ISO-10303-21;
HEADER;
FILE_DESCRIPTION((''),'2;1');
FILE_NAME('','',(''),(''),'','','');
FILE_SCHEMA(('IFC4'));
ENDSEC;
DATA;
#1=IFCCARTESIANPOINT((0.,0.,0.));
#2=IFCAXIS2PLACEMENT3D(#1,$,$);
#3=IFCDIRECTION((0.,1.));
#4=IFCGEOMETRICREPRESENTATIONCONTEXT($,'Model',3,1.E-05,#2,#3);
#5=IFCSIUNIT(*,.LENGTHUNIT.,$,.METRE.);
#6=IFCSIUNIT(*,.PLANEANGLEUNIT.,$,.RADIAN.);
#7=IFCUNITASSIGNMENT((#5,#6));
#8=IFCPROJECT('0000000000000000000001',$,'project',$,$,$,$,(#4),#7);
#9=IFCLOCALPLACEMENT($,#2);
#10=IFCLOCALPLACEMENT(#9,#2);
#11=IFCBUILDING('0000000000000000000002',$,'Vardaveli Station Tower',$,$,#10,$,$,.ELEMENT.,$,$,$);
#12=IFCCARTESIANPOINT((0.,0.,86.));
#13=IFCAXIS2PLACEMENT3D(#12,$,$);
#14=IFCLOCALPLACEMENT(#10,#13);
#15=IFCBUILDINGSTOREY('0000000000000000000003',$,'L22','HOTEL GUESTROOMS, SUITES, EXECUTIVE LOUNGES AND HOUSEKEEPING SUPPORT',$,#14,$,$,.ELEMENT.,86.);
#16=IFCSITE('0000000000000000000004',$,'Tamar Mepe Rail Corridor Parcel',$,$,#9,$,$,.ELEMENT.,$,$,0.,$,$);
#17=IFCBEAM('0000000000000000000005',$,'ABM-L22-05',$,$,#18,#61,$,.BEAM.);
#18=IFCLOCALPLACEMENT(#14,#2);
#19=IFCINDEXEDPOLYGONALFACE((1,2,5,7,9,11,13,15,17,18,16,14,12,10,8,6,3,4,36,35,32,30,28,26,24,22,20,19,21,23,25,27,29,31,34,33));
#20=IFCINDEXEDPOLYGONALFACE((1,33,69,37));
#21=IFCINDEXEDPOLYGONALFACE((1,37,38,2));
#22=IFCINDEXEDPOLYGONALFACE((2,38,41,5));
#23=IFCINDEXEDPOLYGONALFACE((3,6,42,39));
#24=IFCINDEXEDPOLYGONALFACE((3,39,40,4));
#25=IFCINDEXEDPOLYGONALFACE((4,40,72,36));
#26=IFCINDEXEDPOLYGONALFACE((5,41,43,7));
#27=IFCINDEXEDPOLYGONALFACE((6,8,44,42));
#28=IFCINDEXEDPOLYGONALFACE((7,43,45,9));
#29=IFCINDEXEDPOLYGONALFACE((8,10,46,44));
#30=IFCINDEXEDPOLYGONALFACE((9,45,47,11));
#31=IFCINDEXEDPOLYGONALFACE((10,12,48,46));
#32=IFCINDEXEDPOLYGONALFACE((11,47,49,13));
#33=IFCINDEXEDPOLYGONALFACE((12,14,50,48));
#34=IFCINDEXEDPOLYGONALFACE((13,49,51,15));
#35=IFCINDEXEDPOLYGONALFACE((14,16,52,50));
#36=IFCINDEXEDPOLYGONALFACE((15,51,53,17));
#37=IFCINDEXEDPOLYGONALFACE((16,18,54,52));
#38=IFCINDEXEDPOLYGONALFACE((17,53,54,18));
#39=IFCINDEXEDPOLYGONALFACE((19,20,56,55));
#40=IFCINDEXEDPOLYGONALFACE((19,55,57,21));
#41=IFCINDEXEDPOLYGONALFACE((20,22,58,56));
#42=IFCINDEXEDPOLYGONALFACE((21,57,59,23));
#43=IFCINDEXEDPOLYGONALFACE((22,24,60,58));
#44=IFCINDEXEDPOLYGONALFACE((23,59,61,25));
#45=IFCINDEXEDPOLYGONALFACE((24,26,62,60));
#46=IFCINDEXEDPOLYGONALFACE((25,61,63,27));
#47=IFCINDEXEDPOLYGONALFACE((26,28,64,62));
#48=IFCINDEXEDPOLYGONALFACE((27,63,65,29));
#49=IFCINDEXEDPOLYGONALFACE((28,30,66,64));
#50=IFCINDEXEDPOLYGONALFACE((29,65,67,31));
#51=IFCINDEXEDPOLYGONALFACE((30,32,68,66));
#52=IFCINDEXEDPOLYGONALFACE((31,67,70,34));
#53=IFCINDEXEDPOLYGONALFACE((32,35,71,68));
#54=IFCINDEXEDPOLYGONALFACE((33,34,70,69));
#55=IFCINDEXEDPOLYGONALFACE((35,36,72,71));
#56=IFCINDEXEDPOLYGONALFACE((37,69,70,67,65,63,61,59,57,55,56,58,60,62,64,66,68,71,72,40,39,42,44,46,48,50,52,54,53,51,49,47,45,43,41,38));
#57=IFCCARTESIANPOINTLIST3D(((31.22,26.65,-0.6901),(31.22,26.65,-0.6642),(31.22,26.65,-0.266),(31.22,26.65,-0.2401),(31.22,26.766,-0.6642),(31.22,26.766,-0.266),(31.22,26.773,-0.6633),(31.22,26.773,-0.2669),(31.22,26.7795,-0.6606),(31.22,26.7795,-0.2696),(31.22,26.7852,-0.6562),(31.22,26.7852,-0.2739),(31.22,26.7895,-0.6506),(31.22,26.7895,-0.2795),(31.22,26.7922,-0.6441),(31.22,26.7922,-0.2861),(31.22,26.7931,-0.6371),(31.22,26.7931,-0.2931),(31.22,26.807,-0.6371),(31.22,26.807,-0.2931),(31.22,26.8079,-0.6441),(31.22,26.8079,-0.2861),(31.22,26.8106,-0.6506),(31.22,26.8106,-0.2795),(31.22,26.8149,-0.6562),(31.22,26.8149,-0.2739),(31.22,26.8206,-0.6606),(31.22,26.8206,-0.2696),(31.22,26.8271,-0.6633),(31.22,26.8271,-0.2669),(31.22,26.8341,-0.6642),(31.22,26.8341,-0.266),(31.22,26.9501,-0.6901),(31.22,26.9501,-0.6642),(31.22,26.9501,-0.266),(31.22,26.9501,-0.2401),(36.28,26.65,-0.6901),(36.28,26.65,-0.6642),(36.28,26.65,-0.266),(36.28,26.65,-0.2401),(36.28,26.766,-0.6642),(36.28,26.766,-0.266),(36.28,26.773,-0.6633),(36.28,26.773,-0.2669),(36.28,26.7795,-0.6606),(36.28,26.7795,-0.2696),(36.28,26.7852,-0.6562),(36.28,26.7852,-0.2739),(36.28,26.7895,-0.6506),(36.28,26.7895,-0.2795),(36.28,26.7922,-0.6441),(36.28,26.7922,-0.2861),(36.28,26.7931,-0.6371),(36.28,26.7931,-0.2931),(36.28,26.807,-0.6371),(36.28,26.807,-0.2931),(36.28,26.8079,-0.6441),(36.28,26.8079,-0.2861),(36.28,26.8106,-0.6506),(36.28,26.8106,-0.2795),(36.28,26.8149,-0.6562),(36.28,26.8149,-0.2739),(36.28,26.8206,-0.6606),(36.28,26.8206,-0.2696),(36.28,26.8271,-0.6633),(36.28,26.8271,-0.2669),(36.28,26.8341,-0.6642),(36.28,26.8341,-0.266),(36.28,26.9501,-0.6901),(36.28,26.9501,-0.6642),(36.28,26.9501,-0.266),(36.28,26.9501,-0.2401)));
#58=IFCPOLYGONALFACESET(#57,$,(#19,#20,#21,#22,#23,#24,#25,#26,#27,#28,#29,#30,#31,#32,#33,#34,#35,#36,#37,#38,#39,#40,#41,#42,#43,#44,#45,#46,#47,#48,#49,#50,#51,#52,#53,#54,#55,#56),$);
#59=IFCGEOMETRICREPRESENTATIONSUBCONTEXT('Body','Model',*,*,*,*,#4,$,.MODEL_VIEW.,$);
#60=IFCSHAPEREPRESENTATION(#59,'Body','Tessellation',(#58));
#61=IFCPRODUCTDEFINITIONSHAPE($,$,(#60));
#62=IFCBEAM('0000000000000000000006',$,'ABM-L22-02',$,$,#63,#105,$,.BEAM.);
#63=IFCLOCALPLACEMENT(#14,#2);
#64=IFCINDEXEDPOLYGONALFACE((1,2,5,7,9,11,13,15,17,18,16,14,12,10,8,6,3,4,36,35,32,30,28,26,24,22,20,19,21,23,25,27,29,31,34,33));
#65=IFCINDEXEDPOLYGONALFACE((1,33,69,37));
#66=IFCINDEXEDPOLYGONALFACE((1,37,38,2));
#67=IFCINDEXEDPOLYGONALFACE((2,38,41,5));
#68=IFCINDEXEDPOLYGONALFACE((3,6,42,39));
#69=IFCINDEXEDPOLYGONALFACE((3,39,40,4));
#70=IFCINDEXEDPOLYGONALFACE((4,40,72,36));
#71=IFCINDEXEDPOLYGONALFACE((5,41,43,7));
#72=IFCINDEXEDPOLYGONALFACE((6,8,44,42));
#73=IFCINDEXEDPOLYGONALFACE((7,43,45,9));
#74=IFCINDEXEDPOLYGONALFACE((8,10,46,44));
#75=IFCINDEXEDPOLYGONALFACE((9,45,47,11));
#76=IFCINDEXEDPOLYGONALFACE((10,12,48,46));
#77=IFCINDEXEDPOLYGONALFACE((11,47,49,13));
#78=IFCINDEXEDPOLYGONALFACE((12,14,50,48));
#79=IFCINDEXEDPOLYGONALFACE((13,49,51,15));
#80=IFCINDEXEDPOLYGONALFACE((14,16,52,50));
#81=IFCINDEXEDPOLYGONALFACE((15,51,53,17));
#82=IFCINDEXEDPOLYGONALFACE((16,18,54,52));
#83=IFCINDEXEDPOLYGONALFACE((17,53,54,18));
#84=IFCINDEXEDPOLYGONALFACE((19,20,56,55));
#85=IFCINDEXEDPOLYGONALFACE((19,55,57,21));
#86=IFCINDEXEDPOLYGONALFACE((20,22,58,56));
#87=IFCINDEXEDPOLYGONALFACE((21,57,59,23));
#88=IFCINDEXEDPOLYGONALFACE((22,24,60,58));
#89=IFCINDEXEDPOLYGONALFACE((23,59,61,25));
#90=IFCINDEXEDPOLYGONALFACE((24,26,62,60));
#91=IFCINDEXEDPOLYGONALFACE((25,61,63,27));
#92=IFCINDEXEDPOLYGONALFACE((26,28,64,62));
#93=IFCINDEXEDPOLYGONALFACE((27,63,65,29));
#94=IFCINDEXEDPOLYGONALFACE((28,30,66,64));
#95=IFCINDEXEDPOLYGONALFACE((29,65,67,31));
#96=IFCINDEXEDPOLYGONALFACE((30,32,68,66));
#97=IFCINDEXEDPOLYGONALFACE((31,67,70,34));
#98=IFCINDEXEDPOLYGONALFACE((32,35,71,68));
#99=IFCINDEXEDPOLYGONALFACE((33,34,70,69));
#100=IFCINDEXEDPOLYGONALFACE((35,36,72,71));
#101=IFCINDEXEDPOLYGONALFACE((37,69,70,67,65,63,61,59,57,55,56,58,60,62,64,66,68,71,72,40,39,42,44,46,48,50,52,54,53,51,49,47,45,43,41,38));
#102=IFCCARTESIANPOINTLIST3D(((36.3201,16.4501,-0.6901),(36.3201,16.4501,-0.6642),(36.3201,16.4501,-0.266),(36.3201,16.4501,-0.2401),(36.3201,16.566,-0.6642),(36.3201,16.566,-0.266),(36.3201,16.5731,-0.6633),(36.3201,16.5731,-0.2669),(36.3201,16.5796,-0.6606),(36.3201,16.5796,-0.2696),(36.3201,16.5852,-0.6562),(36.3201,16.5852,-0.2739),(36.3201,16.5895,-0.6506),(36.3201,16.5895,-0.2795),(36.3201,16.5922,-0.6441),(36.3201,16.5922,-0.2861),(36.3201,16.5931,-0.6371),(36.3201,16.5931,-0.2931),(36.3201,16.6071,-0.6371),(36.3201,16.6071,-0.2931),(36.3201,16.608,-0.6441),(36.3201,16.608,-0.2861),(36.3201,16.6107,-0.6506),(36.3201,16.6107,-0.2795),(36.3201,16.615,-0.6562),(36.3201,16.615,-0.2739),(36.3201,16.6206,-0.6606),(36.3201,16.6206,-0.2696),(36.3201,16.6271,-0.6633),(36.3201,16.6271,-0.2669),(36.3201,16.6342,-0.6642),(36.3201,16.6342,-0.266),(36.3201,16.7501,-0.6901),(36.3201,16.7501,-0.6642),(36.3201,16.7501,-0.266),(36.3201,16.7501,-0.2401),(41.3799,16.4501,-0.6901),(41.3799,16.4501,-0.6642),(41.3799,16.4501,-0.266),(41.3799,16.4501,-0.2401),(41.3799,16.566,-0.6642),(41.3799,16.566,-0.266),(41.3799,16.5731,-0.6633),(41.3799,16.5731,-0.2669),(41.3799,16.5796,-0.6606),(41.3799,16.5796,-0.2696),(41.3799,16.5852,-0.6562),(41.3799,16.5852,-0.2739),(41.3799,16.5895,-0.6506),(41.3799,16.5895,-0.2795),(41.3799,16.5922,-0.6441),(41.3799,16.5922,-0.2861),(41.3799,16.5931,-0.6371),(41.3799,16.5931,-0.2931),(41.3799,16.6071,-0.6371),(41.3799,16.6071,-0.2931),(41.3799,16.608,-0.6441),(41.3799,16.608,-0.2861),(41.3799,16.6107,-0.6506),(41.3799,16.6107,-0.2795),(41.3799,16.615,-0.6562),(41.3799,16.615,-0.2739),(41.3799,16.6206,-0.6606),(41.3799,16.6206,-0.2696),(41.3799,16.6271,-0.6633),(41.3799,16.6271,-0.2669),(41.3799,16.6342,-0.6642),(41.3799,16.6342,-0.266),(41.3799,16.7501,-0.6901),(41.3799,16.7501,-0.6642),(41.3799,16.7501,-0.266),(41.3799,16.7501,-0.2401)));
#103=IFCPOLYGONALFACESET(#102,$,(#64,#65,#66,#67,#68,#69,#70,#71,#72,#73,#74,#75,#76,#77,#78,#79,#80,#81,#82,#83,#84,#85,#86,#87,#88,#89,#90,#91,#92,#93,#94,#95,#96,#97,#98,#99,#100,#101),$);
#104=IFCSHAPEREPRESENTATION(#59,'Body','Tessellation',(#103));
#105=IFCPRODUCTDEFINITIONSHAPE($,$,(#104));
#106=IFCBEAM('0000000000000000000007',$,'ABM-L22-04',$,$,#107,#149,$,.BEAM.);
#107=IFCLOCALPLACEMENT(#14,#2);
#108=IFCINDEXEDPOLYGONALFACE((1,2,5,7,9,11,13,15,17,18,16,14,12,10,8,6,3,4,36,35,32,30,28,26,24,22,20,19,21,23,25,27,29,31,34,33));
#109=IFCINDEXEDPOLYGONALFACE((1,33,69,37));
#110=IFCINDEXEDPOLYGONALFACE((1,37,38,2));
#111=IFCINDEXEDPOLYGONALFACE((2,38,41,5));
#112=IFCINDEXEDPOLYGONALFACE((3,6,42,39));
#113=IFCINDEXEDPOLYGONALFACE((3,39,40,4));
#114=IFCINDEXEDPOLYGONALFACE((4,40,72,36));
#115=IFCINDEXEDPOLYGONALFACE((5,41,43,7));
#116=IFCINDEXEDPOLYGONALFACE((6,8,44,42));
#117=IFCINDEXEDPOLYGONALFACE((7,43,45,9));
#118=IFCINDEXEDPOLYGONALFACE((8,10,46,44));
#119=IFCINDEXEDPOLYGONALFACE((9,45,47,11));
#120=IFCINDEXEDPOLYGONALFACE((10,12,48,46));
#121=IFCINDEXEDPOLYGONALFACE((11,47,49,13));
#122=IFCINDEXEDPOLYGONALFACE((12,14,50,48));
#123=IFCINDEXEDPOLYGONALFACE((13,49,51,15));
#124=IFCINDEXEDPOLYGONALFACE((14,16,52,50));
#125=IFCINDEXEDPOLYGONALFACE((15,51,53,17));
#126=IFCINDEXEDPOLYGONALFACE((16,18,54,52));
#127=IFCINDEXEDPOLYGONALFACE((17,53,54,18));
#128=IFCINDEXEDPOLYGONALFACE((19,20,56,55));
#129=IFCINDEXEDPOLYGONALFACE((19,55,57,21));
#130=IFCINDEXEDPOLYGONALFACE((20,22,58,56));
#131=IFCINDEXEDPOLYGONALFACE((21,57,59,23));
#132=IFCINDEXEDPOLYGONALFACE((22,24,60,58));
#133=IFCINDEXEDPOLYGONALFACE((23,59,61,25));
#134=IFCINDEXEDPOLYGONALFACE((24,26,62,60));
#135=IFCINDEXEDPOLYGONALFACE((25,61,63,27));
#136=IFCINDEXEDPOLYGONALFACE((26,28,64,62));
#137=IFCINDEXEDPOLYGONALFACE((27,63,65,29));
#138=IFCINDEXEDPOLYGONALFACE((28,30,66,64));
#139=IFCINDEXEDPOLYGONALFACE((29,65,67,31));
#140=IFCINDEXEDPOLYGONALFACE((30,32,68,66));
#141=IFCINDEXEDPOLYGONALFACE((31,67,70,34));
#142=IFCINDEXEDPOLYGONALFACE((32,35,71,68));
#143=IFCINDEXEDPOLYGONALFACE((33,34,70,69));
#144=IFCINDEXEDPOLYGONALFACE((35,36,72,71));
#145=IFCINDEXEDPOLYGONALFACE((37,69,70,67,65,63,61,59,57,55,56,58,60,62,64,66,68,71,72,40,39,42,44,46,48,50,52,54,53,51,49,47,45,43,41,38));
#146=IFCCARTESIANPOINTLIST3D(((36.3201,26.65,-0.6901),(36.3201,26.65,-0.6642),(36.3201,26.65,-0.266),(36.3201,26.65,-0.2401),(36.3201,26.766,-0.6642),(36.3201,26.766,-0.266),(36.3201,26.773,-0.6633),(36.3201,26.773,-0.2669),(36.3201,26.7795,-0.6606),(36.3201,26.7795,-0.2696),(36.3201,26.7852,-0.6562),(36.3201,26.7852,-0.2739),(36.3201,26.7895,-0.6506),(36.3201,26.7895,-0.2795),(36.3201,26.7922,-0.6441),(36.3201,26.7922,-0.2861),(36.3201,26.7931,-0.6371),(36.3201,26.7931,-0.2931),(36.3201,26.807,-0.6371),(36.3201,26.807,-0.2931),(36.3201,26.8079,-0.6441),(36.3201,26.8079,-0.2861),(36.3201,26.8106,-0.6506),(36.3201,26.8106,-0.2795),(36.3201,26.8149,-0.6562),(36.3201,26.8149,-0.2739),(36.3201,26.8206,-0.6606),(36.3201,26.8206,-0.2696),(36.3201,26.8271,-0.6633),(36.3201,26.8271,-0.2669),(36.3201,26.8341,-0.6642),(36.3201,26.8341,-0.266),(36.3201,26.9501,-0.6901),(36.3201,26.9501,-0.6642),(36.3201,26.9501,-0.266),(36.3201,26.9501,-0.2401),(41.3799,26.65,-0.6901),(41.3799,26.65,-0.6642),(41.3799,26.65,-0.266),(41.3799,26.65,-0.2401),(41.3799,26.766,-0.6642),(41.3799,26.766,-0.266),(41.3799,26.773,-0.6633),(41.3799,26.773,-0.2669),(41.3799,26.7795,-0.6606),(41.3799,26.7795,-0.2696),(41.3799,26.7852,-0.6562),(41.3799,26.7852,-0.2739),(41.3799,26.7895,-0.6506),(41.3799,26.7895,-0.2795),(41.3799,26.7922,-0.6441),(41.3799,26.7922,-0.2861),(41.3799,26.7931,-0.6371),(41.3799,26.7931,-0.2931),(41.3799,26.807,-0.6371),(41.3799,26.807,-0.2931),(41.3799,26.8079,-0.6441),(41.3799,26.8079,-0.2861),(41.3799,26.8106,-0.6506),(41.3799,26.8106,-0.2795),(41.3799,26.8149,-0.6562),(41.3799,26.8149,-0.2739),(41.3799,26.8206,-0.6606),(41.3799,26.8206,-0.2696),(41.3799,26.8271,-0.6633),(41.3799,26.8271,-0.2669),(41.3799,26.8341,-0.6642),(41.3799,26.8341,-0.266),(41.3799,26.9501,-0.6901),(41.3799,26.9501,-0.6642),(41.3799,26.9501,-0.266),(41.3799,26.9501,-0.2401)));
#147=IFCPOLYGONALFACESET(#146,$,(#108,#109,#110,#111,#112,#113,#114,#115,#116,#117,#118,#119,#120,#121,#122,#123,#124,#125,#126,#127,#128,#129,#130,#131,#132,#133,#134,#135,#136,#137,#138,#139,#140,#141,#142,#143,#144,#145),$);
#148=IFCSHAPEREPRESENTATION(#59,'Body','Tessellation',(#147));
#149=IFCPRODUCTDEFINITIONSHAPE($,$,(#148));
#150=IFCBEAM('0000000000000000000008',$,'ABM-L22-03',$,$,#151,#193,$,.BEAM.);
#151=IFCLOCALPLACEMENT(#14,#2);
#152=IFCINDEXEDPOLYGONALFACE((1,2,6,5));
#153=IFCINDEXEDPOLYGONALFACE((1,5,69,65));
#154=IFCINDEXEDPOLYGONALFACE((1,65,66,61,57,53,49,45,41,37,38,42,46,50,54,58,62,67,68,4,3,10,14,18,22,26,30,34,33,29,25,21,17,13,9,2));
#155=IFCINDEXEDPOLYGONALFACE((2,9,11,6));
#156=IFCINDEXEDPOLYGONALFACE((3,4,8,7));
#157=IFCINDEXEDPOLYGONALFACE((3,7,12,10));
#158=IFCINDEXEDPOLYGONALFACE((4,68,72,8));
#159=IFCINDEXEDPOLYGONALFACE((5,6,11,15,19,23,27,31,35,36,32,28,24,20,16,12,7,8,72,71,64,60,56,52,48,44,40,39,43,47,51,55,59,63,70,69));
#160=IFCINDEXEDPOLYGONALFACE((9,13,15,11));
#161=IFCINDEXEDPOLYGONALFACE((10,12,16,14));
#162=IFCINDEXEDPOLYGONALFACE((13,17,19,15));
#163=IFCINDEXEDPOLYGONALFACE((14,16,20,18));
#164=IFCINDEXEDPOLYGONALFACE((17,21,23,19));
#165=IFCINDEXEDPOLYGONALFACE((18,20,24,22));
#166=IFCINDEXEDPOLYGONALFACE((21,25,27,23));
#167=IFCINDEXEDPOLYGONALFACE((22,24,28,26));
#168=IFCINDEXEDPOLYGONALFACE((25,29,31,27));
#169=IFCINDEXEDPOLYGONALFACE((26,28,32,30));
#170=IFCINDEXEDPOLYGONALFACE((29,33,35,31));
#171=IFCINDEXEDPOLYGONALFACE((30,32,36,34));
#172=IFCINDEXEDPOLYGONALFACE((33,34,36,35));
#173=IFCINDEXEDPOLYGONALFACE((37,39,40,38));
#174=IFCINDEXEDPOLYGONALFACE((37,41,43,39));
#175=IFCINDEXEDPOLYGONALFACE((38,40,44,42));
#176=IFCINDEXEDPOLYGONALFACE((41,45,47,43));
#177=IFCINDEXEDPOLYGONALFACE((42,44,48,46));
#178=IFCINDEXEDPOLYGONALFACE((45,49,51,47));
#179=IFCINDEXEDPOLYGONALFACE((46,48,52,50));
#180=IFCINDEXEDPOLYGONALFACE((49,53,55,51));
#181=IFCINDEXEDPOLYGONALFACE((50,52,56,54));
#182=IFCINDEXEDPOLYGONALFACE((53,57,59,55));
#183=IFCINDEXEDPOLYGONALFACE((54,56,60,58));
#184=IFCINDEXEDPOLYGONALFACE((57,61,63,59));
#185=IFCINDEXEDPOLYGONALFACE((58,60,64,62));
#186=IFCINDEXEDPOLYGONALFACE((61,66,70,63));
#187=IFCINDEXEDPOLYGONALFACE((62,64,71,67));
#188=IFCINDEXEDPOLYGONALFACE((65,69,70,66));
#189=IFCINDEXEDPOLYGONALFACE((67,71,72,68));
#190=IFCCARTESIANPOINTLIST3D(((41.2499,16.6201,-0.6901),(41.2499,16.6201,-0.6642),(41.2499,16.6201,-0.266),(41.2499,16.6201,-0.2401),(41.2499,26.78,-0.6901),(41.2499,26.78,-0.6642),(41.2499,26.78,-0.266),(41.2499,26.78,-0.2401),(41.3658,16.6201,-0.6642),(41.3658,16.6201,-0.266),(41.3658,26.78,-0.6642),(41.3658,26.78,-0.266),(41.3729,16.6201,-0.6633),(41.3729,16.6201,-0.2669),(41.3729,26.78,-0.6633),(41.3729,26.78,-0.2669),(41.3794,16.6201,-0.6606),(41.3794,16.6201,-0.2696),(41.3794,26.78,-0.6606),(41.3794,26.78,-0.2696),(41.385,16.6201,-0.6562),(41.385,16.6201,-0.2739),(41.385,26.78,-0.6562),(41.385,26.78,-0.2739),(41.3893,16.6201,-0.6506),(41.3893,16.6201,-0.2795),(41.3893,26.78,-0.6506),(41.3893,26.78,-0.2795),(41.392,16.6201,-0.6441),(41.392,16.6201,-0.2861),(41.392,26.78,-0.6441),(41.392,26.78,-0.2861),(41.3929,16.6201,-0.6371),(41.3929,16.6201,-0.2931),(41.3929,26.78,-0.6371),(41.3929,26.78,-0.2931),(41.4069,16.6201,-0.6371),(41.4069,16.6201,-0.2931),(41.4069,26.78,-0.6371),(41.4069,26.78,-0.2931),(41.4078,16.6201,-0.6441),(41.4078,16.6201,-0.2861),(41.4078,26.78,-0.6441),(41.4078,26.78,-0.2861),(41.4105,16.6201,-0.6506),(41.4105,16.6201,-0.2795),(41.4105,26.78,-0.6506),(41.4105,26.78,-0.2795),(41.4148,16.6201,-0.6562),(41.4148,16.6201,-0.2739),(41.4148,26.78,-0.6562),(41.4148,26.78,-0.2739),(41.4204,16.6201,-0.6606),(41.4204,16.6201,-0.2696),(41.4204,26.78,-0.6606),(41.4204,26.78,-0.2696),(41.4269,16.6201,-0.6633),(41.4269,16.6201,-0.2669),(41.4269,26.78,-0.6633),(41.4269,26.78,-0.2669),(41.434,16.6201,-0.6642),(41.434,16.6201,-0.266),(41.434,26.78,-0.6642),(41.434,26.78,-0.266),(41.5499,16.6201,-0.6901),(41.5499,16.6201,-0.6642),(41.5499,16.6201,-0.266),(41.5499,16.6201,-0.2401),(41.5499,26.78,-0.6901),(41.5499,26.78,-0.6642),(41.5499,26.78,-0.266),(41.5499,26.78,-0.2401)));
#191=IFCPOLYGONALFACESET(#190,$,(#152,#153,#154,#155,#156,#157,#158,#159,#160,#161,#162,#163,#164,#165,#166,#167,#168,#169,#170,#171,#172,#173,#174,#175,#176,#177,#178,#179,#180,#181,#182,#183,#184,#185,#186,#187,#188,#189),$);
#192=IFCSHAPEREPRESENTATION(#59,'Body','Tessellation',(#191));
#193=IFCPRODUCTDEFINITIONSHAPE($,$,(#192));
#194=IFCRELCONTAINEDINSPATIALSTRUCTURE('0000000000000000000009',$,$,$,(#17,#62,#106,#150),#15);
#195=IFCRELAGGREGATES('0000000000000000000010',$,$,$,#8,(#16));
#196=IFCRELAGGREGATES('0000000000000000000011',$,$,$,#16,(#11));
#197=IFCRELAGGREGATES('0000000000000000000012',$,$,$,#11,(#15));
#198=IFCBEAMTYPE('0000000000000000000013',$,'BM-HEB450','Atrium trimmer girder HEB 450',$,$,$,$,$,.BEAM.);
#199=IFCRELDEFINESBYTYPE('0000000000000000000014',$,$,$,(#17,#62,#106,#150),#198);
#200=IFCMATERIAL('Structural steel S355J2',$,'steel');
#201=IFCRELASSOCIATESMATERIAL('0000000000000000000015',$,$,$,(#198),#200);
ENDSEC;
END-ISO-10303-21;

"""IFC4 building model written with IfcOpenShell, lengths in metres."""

from ifc_helpers import new_model, si_unit, direction, frame, origin, origin_2d, place, context, subcontext, project, spatial, i_section, extrude, source, transform, mapped, material, material_profile, profile_set, type_object, element, save


model = new_model("IFC4")

# Units and contexts
model_context = context("Model", 3, precision=1e-05, world=origin(), true_north=direction((0.0, 1.0)))
body_context = subcontext(model_context, "Body", "Model", "MODEL_VIEW")
ifc_project = project(units=[si_unit("LENGTHUNIT", "METRE"), si_unit("PLANEANGLEUNIT", "RADIAN")], contexts=[model_context])

# Site, building, storey
site_placement = place(None, origin())
site = spatial("IfcSite", under=ifc_project, at=site_placement, Name="Tamar Mepe Rail Corridor Parcel", CompositionType="ELEMENT", RefElevation=0.0)
building_placement = place(site_placement, origin())
building = spatial("IfcBuilding", under=site, at=building_placement, Name="Vardaveli Station Tower", CompositionType="ELEMENT")
storey_placement = place(building_placement, frame((0.0, 0.0, 86.0)))
storey = spatial("IfcBuildingStorey", under=building, at=storey_placement, Name="L22", Description="HOTEL GUESTROOMS, SUITES, EXECUTIVE LOUNGES AND HOUSEKEEPING SUPPORT", CompositionType="ELEMENT", Elevation=86.0)

# Beams
ifc_material_1 = material(Name="Structural steel S355J2", Category="steel")
ifc_material_profile_1 = material_profile(ifc_material_1, i_section(OverallWidth=0.3, OverallDepth=0.45, WebThickness=0.0139, FlangeThickness=0.0259, FilletRadius=0.0271, at=origin_2d()), Name="HEB 450")
ifc_profile_set_1 = profile_set([ifc_material_profile_1], Name="Structural steel S355J2")
beam_type_1 = type_object("IfcBeamType", Name="BM-HEB450", Description="Atrium trimmer girder HEB 450", PredefinedType="BEAM", material=ifc_profile_set_1)
shared_shape_1 = source(origin(), body_context, "Body", "SweptSolid", [
    extrude(i_section(OverallWidth=0.3, OverallDepth=0.45, WebThickness=0.0139, FlangeThickness=0.0259, FilletRadius=0.0271, at=origin_2d()), origin(), (0.0, 0.0, 1.0), 5.0601),
])
beam_1_placement = place(storey_placement, frame((36.28, 26.8, -0.4651), z_axis=(-1.0, 0.0, 0.0), x_axis=(0.0, -1.0, 0.0)))
element("IfcBeam", 1, at=beam_1_placement, inside=storey, type_object=beam_type_1, Name="ABM-L22-05", PredefinedType="BEAM", context=body_context, shape_type="MappedRepresentation", body=[
    mapped(shared_shape_1, transform((0.0, 0.0, 0.0), scale=1.0)),
])
shared_shape_2 = source(origin(), body_context, "Body", "SweptSolid", [
    extrude(i_section(OverallWidth=0.3, OverallDepth=0.45, WebThickness=0.0139, FlangeThickness=0.0259, FilletRadius=0.0271, at=origin_2d()), origin(), (0.0, 0.0, 1.0), 5.0598),
])
for number, where, z_axis, x_axis, name in (
    (2, (36.3201, 16.6001, -0.4651), (1.0, 0.0, 0.0), (0.0, 1.0, 0.0), "ABM-L22-02"),
    (3, (41.3799, 26.8, -0.4651), (-1.0, 0.0, 0.0), (0.0, -1.0, 0.0), "ABM-L22-04"),
):
    element("IfcBeam", number, at=place(storey_placement, frame(where, z_axis=z_axis, x_axis=x_axis)), inside=storey, type_object=beam_type_1, Name=name, PredefinedType="BEAM", context=body_context, shape_type="MappedRepresentation", body=[
        mapped(shared_shape_2, transform((0.0, 0.0, 0.0), scale=1.0)),
    ])
shared_shape_3 = source(origin(), body_context, "Body", "SweptSolid", [
    extrude(i_section(OverallWidth=0.3, OverallDepth=0.45, WebThickness=0.0139, FlangeThickness=0.0259, FilletRadius=0.0271, at=origin_2d()), origin(), (0.0, 0.0, 1.0), 10.1599),
])
for number, where, z_axis, x_axis, name in (
    (4, (41.3999, 16.6201, -0.4651), (0.0, 1.0, 0.0), (-1.0, 0.0, 0.0), "ABM-L22-03"),
):
    element("IfcBeam", number, at=place(storey_placement, frame(where, z_axis=z_axis, x_axis=x_axis)), inside=storey, type_object=beam_type_1, Name=name, PredefinedType="BEAM", context=body_context, shape_type="MappedRepresentation", body=[
        mapped(shared_shape_3, transform((0.0, 0.0, 0.0), scale=1.0)),
    ])

save(model, "model.ifc")
